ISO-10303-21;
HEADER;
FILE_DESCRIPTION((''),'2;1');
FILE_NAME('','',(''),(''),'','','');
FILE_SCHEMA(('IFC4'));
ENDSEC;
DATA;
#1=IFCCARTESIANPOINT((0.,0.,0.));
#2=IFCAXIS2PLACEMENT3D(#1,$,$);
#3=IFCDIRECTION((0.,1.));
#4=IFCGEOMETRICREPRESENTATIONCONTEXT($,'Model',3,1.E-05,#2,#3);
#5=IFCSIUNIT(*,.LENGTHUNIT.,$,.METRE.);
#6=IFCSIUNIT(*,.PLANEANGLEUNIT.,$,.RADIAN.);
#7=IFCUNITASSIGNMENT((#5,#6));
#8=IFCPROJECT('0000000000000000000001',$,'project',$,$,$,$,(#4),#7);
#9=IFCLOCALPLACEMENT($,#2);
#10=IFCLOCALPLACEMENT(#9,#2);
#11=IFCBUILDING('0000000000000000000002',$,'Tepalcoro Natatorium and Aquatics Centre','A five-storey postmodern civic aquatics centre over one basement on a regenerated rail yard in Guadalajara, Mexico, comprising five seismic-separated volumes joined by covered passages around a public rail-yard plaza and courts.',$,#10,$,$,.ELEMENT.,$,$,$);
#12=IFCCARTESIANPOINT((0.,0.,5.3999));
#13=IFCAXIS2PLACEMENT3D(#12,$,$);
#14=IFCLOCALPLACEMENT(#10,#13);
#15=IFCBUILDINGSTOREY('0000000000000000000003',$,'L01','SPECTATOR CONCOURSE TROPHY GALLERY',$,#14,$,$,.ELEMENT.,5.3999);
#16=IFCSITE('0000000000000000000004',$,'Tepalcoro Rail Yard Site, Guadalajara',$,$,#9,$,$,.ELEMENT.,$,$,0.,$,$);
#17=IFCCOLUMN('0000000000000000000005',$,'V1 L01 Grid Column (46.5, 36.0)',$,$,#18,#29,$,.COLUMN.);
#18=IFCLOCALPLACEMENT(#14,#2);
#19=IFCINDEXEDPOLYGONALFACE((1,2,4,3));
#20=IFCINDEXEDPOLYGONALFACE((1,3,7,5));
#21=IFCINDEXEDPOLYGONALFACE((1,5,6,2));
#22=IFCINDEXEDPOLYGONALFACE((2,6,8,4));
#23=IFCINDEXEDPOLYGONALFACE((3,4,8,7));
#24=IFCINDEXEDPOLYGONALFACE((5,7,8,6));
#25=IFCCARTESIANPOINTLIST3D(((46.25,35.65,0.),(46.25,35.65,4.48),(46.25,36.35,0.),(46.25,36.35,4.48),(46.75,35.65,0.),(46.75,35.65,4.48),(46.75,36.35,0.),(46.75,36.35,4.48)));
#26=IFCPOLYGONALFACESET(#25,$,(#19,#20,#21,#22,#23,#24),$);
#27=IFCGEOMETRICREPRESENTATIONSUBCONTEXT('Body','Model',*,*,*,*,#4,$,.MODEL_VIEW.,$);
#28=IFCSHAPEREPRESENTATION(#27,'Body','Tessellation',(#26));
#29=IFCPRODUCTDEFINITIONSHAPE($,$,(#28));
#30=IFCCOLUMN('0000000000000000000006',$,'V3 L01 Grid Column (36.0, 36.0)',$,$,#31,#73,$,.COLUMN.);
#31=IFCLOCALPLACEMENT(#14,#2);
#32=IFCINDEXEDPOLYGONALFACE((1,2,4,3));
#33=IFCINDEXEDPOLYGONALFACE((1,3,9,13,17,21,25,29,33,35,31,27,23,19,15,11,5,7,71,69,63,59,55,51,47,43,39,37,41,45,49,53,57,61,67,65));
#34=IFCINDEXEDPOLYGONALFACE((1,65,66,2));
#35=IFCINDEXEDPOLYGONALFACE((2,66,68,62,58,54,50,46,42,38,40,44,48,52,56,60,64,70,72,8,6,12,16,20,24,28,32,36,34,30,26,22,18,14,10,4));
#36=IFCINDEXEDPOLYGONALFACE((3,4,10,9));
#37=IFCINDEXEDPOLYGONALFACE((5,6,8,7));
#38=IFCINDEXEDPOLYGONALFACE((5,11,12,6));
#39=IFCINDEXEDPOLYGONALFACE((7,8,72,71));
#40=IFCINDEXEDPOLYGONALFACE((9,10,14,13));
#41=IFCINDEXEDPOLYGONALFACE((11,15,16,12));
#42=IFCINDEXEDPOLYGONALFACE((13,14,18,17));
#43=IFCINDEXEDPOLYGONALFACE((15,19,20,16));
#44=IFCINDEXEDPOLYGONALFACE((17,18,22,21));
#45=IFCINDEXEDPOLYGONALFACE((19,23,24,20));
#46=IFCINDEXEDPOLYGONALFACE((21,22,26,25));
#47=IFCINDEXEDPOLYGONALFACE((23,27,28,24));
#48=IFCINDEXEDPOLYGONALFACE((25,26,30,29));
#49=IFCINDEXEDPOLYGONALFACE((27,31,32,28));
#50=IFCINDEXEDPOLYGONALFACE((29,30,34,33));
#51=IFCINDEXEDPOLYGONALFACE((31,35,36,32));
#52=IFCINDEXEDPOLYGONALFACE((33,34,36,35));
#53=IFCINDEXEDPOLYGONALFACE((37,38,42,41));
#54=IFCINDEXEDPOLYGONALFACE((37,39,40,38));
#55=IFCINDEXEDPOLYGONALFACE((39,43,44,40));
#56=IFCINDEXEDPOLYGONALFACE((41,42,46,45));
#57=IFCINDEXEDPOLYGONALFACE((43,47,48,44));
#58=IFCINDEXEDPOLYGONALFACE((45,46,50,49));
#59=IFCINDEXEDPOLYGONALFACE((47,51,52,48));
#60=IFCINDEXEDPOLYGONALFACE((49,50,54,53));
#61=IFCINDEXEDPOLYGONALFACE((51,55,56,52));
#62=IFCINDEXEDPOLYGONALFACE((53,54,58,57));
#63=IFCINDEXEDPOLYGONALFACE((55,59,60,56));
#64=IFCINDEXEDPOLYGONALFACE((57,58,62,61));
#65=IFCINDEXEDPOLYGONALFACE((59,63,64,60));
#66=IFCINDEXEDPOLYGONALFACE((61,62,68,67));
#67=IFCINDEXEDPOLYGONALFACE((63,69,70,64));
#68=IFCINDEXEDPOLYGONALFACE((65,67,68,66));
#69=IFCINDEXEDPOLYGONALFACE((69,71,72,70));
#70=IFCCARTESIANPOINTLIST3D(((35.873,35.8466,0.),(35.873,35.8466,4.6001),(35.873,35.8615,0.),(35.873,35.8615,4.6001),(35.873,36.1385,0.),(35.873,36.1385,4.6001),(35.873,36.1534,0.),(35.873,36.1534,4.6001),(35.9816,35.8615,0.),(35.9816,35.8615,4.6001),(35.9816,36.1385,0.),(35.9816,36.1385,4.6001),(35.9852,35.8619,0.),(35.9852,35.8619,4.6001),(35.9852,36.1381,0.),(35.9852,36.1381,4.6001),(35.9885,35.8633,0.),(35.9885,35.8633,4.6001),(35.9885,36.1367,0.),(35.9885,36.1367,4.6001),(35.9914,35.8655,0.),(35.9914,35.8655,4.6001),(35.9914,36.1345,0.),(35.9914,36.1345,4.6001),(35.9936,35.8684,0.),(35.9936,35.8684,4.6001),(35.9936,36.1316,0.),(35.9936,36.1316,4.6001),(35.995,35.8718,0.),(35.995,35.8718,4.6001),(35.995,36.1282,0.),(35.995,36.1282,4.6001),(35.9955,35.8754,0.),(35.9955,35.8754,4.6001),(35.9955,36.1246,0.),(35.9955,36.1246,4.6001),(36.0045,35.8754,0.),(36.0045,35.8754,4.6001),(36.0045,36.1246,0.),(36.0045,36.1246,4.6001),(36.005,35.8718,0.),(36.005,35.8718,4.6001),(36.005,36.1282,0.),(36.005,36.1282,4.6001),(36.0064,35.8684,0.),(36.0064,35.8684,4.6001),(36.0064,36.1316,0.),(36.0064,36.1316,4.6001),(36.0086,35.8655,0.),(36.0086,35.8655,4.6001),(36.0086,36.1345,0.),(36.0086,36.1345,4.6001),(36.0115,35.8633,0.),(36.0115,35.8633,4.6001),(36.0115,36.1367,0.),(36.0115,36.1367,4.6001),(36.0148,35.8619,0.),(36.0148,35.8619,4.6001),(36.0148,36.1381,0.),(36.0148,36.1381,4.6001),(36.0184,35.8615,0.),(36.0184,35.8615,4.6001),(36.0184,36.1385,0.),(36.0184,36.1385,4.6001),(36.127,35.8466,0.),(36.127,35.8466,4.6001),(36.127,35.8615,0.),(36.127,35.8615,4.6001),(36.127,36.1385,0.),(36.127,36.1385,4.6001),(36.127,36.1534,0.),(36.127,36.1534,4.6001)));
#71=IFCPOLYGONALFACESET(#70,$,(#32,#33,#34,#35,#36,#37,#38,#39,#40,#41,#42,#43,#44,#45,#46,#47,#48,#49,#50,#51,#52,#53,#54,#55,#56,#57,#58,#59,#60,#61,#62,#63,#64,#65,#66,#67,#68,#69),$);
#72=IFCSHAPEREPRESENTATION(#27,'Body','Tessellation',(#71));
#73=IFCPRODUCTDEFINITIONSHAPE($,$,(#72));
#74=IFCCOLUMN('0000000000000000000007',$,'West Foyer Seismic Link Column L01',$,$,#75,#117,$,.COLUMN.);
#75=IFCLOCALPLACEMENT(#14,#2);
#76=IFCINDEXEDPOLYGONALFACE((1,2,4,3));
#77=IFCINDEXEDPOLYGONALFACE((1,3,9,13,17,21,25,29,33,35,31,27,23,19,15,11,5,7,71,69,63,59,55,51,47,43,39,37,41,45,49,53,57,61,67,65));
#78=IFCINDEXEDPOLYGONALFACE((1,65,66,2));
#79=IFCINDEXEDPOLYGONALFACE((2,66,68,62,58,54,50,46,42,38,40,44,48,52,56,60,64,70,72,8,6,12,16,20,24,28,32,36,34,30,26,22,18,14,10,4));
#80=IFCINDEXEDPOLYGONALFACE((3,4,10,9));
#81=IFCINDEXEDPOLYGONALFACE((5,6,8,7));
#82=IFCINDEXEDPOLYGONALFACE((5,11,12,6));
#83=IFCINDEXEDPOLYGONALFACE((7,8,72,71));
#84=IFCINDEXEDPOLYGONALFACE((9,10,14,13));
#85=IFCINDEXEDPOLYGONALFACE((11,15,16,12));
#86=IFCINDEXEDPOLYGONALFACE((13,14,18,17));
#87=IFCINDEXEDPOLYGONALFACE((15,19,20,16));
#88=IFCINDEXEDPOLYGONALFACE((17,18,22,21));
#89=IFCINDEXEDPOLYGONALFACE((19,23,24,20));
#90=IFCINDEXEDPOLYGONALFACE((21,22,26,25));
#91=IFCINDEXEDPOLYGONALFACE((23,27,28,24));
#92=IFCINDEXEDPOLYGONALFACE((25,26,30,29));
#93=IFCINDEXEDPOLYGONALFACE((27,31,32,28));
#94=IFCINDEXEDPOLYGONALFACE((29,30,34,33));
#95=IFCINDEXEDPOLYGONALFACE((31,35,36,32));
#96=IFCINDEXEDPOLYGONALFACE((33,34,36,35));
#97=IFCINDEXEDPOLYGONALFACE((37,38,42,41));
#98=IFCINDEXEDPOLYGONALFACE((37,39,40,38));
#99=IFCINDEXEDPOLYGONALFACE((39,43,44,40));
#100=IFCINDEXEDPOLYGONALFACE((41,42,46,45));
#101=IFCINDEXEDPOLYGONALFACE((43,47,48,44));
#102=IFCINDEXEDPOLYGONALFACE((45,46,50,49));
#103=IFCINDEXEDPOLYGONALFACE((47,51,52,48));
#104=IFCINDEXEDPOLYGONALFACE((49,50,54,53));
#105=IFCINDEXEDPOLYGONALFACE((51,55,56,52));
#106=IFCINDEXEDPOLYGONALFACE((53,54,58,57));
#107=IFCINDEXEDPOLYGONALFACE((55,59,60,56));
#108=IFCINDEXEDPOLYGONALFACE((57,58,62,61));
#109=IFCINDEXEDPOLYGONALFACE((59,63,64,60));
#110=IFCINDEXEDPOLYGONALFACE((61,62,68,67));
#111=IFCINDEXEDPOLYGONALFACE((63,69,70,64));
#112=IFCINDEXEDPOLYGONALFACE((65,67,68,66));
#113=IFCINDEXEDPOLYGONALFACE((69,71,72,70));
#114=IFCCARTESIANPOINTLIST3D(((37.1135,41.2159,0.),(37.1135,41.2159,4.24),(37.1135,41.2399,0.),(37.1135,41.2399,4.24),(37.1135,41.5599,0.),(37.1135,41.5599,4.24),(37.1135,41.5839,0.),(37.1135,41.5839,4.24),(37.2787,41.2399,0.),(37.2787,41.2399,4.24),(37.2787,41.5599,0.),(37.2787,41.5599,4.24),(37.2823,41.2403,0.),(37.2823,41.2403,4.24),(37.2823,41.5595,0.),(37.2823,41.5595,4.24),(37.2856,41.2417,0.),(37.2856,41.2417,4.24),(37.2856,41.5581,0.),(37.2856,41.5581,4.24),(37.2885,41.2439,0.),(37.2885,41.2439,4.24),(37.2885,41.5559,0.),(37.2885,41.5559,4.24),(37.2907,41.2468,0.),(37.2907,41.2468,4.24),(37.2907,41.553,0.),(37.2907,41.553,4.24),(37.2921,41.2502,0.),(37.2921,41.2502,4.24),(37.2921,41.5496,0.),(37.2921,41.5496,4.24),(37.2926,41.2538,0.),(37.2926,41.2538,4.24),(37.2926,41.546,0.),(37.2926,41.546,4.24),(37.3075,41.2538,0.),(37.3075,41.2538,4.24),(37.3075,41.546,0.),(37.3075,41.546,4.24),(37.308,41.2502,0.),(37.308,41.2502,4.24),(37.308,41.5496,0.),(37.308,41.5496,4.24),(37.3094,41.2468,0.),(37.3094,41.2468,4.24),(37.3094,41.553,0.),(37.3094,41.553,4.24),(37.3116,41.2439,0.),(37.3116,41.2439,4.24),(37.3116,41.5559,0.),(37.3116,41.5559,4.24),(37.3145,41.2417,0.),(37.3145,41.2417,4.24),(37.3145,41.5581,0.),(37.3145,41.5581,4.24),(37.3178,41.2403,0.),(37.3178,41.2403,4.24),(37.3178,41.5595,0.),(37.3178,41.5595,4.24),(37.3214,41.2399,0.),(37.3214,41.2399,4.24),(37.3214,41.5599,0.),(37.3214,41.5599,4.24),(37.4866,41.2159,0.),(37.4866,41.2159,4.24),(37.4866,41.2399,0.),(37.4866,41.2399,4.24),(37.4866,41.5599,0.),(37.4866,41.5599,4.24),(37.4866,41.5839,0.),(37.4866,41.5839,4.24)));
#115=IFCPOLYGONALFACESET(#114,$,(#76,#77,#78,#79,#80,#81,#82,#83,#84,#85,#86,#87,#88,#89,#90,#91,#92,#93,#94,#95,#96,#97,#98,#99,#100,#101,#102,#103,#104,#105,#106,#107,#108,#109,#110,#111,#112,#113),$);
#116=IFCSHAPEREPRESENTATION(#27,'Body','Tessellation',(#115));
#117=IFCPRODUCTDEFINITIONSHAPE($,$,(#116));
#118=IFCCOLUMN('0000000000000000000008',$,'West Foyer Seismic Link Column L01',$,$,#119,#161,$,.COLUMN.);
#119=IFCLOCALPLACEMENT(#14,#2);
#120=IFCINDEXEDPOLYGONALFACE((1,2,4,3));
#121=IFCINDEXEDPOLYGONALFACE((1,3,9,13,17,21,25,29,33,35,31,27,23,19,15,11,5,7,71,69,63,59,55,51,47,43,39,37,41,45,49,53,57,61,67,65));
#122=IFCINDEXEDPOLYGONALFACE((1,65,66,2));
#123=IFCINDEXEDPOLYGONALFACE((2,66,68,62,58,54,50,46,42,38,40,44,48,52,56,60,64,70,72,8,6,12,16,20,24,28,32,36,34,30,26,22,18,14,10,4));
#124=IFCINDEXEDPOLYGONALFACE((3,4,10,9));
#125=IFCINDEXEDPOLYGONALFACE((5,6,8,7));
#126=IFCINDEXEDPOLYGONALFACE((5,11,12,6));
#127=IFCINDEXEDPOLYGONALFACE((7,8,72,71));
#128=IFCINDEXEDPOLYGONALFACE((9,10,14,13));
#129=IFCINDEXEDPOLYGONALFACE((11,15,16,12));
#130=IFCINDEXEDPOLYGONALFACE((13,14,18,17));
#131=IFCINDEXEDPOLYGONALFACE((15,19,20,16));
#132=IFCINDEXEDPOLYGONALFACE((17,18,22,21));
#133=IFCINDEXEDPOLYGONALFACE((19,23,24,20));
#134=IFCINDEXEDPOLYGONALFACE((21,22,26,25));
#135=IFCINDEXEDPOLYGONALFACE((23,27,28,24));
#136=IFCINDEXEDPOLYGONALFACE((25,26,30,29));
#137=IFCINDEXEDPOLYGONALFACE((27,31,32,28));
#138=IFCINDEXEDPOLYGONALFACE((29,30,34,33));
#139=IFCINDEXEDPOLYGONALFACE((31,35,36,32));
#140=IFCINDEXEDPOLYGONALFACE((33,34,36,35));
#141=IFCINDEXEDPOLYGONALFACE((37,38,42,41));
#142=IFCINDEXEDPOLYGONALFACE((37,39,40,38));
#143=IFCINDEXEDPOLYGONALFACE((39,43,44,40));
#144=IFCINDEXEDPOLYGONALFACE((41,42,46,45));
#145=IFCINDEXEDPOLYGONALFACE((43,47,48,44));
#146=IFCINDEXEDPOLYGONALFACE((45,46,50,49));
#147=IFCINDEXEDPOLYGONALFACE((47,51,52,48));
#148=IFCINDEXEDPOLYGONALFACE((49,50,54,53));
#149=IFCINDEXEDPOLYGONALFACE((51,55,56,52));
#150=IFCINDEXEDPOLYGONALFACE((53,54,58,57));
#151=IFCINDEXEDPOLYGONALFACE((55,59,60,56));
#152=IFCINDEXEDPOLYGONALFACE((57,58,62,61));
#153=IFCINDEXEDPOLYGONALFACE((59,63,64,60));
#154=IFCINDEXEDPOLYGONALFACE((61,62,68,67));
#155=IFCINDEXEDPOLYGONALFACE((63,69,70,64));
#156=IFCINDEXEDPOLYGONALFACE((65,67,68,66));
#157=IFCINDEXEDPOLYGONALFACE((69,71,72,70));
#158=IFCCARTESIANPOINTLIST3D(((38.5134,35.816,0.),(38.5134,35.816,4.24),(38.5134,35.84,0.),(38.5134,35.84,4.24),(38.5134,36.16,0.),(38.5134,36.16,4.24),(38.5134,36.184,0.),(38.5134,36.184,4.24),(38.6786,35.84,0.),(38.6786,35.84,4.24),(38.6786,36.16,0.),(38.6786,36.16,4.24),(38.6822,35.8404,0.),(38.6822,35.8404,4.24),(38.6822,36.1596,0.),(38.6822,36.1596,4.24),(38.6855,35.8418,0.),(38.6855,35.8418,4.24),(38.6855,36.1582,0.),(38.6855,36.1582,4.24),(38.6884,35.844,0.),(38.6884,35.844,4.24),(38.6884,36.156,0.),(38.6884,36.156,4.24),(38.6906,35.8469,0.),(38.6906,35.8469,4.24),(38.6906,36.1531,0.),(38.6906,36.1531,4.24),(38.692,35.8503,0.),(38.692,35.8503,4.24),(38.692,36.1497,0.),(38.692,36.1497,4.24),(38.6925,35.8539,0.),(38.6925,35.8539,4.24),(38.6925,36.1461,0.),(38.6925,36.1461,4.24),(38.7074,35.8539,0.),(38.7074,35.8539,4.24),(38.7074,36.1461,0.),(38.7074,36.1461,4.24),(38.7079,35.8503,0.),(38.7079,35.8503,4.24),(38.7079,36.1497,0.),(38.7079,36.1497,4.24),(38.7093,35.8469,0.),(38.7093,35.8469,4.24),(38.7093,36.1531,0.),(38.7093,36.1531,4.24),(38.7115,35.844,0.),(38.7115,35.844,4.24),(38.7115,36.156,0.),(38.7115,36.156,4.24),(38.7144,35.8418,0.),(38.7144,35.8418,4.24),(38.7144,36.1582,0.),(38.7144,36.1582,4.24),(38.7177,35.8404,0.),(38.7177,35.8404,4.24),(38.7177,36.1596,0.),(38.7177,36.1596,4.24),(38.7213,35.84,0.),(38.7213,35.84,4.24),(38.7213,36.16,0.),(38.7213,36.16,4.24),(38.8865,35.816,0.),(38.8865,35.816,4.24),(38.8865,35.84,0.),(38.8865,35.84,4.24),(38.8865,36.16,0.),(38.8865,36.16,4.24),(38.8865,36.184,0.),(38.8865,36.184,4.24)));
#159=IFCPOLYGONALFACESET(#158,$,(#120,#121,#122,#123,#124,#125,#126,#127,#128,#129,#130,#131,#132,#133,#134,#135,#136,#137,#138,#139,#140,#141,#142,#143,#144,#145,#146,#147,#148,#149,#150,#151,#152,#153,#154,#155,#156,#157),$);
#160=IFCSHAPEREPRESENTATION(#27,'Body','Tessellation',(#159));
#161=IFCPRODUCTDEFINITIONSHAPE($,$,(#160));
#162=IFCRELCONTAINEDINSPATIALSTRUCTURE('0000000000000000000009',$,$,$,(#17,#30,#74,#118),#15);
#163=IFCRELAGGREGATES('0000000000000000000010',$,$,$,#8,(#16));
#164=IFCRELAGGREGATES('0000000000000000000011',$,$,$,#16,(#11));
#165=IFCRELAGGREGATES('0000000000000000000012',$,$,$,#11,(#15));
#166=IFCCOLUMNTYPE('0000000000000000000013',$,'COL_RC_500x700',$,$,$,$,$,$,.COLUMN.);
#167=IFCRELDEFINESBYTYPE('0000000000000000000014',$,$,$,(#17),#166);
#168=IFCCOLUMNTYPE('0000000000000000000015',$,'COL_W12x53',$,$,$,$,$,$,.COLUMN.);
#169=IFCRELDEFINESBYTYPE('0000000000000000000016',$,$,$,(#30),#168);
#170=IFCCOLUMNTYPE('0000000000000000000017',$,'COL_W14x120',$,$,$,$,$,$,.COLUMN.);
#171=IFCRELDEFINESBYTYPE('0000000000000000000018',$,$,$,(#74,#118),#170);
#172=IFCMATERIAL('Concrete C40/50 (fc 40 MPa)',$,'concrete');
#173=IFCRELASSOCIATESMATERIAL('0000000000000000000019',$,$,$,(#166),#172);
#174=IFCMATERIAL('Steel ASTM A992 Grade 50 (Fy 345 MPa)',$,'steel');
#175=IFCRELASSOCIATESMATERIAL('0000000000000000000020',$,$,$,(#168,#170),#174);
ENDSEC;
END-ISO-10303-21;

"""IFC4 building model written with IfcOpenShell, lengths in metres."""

from ifc_helpers import new_model, si_unit, direction, frame, origin, origin_2d, place, context, subcontext, project, spatial, rectangle, i_section, extrude, material, material_profile, profile_set, type_object, element, save


model = new_model("IFC4")

# Units and contexts
model_context = context("Model", 3, precision=1e-05, world=origin(), true_north=direction((0.0, 1.0)))
body_context = subcontext(model_context, "Body", "Model", "MODEL_VIEW")
ifc_project = project(units=[si_unit("LENGTHUNIT", "METRE"), si_unit("PLANEANGLEUNIT", "RADIAN")], contexts=[model_context])

# Site, building, storey
site_placement = place(None, origin())
site = spatial("IfcSite", under=ifc_project, at=site_placement, Name="Tepalcoro Rail Yard Site, Guadalajara", CompositionType="ELEMENT", RefElevation=0.0)
building_placement = place(site_placement, origin())
building = spatial("IfcBuilding", under=site, at=building_placement, Name="Tepalcoro Natatorium and Aquatics Centre", Description="A five-storey postmodern civic aquatics centre over one basement on a regenerated rail yard in Guadalajara, Mexico, comprising five seismic-separated volumes joined by covered passages around a public rail-yard plaza and courts.", CompositionType="ELEMENT")
storey_placement = place(building_placement, frame((0.0, 0.0, 5.3999)))
storey = spatial("IfcBuildingStorey", under=building, at=storey_placement, Name="L01", Description="SPECTATOR CONCOURSE TROPHY GALLERY", CompositionType="ELEMENT", Elevation=5.3999)

# Columns
ifc_material_1 = material(Name="Concrete C40/50 (fc 40 MPa)", Category="concrete")
ifc_material_profile_1 = material_profile(ifc_material_1, rectangle(XDim=0.5, YDim=0.7, at=origin_2d()), Name="RC500x700")
ifc_profile_set_1 = profile_set([ifc_material_profile_1], Name="Concrete C40/50 (fc 40 MPa)")
column_type_1 = type_object("IfcColumnType", Name="COL_RC_500x700", PredefinedType="COLUMN", material=ifc_profile_set_1)
column_1_placement = place(storey_placement, frame((46.5, 36.0, 0.0), z_axis=(0.0, 0.0, 1.0), x_axis=(1.0, 0.0, 0.0)))
element("IfcColumn", 1, at=column_1_placement, inside=storey, type_object=column_type_1, Name="V1 L01 Grid Column (46.5, 36.0)", PredefinedType="COLUMN", context=body_context, shape_type="SweptSolid", body=[
    extrude(rectangle(XDim=0.5, YDim=0.7, at=origin_2d()), origin(), (0.0, 0.0, 1.0), 4.48),
])
ifc_material_2 = material(Name="Steel ASTM A992 Grade 50 (Fy 345 MPa)", Category="steel")
ifc_material_profile_2 = material_profile(ifc_material_2, i_section(OverallWidth=0.2539, OverallDepth=0.3069, WebThickness=0.009, FlangeThickness=0.0149, FilletRadius=0.0139, at=origin_2d()), Name="W12X53")
ifc_profile_set_2 = profile_set([ifc_material_profile_2], Name="Steel ASTM A992 Grade 50 (Fy 345 MPa)")
column_type_2 = type_object("IfcColumnType", Name="COL_W12x53", PredefinedType="COLUMN", material=ifc_profile_set_2)
column_2_placement = place(storey_placement, frame((36.0, 36.0, 0.0), z_axis=(0.0, 0.0, 1.0), x_axis=(1.0, 0.0, 0.0)))
element("IfcColumn", 2, at=column_2_placement, inside=storey, type_object=column_type_2, Name="V3 L01 Grid Column (36.0, 36.0)", PredefinedType="COLUMN", context=body_context, shape_type="SweptSolid", body=[
    extrude(i_section(OverallWidth=0.2539, OverallDepth=0.3069, WebThickness=0.009, FlangeThickness=0.0149, FilletRadius=0.0139, at=origin_2d()), origin(), (0.0, 0.0, 1.0), 4.6001),
])
ifc_material_profile_3 = material_profile(ifc_material_2, i_section(OverallWidth=0.373, OverallDepth=0.3679, WebThickness=0.0149, FlangeThickness=0.0239, FilletRadius=0.0139, at=origin_2d()), Name="W14X120")
ifc_profile_set_3 = profile_set([ifc_material_profile_3], Name="Steel ASTM A992 Grade 50 (Fy 345 MPa)")
column_type_3 = type_object("IfcColumnType", Name="COL_W14x120", PredefinedType="COLUMN", material=ifc_profile_set_3)
for number, where, z_axis, x_axis, name in (
    (3, (37.3, 41.3999, 0.0), (0.0, 0.0, 1.0), (1.0, 0.0, 0.0), "West Foyer Seismic Link Column L01"),
    (4, (38.7, 36.0, 0.0), (0.0, 0.0, 1.0), (1.0, 0.0, 0.0), "West Foyer Seismic Link Column L01"),
):
    element("IfcColumn", number, at=place(storey_placement, frame(where, z_axis=z_axis, x_axis=x_axis)), inside=storey, type_object=column_type_3, Name=name, PredefinedType="COLUMN", context=body_context, shape_type="SweptSolid", body=[
        extrude(i_section(OverallWidth=0.373, OverallDepth=0.3679, WebThickness=0.0149, FlangeThickness=0.0239, FilletRadius=0.0139, at=origin_2d()), origin(), (0.0, 0.0, 1.0), 4.24),
    ])

save(model, "model.ifc")
